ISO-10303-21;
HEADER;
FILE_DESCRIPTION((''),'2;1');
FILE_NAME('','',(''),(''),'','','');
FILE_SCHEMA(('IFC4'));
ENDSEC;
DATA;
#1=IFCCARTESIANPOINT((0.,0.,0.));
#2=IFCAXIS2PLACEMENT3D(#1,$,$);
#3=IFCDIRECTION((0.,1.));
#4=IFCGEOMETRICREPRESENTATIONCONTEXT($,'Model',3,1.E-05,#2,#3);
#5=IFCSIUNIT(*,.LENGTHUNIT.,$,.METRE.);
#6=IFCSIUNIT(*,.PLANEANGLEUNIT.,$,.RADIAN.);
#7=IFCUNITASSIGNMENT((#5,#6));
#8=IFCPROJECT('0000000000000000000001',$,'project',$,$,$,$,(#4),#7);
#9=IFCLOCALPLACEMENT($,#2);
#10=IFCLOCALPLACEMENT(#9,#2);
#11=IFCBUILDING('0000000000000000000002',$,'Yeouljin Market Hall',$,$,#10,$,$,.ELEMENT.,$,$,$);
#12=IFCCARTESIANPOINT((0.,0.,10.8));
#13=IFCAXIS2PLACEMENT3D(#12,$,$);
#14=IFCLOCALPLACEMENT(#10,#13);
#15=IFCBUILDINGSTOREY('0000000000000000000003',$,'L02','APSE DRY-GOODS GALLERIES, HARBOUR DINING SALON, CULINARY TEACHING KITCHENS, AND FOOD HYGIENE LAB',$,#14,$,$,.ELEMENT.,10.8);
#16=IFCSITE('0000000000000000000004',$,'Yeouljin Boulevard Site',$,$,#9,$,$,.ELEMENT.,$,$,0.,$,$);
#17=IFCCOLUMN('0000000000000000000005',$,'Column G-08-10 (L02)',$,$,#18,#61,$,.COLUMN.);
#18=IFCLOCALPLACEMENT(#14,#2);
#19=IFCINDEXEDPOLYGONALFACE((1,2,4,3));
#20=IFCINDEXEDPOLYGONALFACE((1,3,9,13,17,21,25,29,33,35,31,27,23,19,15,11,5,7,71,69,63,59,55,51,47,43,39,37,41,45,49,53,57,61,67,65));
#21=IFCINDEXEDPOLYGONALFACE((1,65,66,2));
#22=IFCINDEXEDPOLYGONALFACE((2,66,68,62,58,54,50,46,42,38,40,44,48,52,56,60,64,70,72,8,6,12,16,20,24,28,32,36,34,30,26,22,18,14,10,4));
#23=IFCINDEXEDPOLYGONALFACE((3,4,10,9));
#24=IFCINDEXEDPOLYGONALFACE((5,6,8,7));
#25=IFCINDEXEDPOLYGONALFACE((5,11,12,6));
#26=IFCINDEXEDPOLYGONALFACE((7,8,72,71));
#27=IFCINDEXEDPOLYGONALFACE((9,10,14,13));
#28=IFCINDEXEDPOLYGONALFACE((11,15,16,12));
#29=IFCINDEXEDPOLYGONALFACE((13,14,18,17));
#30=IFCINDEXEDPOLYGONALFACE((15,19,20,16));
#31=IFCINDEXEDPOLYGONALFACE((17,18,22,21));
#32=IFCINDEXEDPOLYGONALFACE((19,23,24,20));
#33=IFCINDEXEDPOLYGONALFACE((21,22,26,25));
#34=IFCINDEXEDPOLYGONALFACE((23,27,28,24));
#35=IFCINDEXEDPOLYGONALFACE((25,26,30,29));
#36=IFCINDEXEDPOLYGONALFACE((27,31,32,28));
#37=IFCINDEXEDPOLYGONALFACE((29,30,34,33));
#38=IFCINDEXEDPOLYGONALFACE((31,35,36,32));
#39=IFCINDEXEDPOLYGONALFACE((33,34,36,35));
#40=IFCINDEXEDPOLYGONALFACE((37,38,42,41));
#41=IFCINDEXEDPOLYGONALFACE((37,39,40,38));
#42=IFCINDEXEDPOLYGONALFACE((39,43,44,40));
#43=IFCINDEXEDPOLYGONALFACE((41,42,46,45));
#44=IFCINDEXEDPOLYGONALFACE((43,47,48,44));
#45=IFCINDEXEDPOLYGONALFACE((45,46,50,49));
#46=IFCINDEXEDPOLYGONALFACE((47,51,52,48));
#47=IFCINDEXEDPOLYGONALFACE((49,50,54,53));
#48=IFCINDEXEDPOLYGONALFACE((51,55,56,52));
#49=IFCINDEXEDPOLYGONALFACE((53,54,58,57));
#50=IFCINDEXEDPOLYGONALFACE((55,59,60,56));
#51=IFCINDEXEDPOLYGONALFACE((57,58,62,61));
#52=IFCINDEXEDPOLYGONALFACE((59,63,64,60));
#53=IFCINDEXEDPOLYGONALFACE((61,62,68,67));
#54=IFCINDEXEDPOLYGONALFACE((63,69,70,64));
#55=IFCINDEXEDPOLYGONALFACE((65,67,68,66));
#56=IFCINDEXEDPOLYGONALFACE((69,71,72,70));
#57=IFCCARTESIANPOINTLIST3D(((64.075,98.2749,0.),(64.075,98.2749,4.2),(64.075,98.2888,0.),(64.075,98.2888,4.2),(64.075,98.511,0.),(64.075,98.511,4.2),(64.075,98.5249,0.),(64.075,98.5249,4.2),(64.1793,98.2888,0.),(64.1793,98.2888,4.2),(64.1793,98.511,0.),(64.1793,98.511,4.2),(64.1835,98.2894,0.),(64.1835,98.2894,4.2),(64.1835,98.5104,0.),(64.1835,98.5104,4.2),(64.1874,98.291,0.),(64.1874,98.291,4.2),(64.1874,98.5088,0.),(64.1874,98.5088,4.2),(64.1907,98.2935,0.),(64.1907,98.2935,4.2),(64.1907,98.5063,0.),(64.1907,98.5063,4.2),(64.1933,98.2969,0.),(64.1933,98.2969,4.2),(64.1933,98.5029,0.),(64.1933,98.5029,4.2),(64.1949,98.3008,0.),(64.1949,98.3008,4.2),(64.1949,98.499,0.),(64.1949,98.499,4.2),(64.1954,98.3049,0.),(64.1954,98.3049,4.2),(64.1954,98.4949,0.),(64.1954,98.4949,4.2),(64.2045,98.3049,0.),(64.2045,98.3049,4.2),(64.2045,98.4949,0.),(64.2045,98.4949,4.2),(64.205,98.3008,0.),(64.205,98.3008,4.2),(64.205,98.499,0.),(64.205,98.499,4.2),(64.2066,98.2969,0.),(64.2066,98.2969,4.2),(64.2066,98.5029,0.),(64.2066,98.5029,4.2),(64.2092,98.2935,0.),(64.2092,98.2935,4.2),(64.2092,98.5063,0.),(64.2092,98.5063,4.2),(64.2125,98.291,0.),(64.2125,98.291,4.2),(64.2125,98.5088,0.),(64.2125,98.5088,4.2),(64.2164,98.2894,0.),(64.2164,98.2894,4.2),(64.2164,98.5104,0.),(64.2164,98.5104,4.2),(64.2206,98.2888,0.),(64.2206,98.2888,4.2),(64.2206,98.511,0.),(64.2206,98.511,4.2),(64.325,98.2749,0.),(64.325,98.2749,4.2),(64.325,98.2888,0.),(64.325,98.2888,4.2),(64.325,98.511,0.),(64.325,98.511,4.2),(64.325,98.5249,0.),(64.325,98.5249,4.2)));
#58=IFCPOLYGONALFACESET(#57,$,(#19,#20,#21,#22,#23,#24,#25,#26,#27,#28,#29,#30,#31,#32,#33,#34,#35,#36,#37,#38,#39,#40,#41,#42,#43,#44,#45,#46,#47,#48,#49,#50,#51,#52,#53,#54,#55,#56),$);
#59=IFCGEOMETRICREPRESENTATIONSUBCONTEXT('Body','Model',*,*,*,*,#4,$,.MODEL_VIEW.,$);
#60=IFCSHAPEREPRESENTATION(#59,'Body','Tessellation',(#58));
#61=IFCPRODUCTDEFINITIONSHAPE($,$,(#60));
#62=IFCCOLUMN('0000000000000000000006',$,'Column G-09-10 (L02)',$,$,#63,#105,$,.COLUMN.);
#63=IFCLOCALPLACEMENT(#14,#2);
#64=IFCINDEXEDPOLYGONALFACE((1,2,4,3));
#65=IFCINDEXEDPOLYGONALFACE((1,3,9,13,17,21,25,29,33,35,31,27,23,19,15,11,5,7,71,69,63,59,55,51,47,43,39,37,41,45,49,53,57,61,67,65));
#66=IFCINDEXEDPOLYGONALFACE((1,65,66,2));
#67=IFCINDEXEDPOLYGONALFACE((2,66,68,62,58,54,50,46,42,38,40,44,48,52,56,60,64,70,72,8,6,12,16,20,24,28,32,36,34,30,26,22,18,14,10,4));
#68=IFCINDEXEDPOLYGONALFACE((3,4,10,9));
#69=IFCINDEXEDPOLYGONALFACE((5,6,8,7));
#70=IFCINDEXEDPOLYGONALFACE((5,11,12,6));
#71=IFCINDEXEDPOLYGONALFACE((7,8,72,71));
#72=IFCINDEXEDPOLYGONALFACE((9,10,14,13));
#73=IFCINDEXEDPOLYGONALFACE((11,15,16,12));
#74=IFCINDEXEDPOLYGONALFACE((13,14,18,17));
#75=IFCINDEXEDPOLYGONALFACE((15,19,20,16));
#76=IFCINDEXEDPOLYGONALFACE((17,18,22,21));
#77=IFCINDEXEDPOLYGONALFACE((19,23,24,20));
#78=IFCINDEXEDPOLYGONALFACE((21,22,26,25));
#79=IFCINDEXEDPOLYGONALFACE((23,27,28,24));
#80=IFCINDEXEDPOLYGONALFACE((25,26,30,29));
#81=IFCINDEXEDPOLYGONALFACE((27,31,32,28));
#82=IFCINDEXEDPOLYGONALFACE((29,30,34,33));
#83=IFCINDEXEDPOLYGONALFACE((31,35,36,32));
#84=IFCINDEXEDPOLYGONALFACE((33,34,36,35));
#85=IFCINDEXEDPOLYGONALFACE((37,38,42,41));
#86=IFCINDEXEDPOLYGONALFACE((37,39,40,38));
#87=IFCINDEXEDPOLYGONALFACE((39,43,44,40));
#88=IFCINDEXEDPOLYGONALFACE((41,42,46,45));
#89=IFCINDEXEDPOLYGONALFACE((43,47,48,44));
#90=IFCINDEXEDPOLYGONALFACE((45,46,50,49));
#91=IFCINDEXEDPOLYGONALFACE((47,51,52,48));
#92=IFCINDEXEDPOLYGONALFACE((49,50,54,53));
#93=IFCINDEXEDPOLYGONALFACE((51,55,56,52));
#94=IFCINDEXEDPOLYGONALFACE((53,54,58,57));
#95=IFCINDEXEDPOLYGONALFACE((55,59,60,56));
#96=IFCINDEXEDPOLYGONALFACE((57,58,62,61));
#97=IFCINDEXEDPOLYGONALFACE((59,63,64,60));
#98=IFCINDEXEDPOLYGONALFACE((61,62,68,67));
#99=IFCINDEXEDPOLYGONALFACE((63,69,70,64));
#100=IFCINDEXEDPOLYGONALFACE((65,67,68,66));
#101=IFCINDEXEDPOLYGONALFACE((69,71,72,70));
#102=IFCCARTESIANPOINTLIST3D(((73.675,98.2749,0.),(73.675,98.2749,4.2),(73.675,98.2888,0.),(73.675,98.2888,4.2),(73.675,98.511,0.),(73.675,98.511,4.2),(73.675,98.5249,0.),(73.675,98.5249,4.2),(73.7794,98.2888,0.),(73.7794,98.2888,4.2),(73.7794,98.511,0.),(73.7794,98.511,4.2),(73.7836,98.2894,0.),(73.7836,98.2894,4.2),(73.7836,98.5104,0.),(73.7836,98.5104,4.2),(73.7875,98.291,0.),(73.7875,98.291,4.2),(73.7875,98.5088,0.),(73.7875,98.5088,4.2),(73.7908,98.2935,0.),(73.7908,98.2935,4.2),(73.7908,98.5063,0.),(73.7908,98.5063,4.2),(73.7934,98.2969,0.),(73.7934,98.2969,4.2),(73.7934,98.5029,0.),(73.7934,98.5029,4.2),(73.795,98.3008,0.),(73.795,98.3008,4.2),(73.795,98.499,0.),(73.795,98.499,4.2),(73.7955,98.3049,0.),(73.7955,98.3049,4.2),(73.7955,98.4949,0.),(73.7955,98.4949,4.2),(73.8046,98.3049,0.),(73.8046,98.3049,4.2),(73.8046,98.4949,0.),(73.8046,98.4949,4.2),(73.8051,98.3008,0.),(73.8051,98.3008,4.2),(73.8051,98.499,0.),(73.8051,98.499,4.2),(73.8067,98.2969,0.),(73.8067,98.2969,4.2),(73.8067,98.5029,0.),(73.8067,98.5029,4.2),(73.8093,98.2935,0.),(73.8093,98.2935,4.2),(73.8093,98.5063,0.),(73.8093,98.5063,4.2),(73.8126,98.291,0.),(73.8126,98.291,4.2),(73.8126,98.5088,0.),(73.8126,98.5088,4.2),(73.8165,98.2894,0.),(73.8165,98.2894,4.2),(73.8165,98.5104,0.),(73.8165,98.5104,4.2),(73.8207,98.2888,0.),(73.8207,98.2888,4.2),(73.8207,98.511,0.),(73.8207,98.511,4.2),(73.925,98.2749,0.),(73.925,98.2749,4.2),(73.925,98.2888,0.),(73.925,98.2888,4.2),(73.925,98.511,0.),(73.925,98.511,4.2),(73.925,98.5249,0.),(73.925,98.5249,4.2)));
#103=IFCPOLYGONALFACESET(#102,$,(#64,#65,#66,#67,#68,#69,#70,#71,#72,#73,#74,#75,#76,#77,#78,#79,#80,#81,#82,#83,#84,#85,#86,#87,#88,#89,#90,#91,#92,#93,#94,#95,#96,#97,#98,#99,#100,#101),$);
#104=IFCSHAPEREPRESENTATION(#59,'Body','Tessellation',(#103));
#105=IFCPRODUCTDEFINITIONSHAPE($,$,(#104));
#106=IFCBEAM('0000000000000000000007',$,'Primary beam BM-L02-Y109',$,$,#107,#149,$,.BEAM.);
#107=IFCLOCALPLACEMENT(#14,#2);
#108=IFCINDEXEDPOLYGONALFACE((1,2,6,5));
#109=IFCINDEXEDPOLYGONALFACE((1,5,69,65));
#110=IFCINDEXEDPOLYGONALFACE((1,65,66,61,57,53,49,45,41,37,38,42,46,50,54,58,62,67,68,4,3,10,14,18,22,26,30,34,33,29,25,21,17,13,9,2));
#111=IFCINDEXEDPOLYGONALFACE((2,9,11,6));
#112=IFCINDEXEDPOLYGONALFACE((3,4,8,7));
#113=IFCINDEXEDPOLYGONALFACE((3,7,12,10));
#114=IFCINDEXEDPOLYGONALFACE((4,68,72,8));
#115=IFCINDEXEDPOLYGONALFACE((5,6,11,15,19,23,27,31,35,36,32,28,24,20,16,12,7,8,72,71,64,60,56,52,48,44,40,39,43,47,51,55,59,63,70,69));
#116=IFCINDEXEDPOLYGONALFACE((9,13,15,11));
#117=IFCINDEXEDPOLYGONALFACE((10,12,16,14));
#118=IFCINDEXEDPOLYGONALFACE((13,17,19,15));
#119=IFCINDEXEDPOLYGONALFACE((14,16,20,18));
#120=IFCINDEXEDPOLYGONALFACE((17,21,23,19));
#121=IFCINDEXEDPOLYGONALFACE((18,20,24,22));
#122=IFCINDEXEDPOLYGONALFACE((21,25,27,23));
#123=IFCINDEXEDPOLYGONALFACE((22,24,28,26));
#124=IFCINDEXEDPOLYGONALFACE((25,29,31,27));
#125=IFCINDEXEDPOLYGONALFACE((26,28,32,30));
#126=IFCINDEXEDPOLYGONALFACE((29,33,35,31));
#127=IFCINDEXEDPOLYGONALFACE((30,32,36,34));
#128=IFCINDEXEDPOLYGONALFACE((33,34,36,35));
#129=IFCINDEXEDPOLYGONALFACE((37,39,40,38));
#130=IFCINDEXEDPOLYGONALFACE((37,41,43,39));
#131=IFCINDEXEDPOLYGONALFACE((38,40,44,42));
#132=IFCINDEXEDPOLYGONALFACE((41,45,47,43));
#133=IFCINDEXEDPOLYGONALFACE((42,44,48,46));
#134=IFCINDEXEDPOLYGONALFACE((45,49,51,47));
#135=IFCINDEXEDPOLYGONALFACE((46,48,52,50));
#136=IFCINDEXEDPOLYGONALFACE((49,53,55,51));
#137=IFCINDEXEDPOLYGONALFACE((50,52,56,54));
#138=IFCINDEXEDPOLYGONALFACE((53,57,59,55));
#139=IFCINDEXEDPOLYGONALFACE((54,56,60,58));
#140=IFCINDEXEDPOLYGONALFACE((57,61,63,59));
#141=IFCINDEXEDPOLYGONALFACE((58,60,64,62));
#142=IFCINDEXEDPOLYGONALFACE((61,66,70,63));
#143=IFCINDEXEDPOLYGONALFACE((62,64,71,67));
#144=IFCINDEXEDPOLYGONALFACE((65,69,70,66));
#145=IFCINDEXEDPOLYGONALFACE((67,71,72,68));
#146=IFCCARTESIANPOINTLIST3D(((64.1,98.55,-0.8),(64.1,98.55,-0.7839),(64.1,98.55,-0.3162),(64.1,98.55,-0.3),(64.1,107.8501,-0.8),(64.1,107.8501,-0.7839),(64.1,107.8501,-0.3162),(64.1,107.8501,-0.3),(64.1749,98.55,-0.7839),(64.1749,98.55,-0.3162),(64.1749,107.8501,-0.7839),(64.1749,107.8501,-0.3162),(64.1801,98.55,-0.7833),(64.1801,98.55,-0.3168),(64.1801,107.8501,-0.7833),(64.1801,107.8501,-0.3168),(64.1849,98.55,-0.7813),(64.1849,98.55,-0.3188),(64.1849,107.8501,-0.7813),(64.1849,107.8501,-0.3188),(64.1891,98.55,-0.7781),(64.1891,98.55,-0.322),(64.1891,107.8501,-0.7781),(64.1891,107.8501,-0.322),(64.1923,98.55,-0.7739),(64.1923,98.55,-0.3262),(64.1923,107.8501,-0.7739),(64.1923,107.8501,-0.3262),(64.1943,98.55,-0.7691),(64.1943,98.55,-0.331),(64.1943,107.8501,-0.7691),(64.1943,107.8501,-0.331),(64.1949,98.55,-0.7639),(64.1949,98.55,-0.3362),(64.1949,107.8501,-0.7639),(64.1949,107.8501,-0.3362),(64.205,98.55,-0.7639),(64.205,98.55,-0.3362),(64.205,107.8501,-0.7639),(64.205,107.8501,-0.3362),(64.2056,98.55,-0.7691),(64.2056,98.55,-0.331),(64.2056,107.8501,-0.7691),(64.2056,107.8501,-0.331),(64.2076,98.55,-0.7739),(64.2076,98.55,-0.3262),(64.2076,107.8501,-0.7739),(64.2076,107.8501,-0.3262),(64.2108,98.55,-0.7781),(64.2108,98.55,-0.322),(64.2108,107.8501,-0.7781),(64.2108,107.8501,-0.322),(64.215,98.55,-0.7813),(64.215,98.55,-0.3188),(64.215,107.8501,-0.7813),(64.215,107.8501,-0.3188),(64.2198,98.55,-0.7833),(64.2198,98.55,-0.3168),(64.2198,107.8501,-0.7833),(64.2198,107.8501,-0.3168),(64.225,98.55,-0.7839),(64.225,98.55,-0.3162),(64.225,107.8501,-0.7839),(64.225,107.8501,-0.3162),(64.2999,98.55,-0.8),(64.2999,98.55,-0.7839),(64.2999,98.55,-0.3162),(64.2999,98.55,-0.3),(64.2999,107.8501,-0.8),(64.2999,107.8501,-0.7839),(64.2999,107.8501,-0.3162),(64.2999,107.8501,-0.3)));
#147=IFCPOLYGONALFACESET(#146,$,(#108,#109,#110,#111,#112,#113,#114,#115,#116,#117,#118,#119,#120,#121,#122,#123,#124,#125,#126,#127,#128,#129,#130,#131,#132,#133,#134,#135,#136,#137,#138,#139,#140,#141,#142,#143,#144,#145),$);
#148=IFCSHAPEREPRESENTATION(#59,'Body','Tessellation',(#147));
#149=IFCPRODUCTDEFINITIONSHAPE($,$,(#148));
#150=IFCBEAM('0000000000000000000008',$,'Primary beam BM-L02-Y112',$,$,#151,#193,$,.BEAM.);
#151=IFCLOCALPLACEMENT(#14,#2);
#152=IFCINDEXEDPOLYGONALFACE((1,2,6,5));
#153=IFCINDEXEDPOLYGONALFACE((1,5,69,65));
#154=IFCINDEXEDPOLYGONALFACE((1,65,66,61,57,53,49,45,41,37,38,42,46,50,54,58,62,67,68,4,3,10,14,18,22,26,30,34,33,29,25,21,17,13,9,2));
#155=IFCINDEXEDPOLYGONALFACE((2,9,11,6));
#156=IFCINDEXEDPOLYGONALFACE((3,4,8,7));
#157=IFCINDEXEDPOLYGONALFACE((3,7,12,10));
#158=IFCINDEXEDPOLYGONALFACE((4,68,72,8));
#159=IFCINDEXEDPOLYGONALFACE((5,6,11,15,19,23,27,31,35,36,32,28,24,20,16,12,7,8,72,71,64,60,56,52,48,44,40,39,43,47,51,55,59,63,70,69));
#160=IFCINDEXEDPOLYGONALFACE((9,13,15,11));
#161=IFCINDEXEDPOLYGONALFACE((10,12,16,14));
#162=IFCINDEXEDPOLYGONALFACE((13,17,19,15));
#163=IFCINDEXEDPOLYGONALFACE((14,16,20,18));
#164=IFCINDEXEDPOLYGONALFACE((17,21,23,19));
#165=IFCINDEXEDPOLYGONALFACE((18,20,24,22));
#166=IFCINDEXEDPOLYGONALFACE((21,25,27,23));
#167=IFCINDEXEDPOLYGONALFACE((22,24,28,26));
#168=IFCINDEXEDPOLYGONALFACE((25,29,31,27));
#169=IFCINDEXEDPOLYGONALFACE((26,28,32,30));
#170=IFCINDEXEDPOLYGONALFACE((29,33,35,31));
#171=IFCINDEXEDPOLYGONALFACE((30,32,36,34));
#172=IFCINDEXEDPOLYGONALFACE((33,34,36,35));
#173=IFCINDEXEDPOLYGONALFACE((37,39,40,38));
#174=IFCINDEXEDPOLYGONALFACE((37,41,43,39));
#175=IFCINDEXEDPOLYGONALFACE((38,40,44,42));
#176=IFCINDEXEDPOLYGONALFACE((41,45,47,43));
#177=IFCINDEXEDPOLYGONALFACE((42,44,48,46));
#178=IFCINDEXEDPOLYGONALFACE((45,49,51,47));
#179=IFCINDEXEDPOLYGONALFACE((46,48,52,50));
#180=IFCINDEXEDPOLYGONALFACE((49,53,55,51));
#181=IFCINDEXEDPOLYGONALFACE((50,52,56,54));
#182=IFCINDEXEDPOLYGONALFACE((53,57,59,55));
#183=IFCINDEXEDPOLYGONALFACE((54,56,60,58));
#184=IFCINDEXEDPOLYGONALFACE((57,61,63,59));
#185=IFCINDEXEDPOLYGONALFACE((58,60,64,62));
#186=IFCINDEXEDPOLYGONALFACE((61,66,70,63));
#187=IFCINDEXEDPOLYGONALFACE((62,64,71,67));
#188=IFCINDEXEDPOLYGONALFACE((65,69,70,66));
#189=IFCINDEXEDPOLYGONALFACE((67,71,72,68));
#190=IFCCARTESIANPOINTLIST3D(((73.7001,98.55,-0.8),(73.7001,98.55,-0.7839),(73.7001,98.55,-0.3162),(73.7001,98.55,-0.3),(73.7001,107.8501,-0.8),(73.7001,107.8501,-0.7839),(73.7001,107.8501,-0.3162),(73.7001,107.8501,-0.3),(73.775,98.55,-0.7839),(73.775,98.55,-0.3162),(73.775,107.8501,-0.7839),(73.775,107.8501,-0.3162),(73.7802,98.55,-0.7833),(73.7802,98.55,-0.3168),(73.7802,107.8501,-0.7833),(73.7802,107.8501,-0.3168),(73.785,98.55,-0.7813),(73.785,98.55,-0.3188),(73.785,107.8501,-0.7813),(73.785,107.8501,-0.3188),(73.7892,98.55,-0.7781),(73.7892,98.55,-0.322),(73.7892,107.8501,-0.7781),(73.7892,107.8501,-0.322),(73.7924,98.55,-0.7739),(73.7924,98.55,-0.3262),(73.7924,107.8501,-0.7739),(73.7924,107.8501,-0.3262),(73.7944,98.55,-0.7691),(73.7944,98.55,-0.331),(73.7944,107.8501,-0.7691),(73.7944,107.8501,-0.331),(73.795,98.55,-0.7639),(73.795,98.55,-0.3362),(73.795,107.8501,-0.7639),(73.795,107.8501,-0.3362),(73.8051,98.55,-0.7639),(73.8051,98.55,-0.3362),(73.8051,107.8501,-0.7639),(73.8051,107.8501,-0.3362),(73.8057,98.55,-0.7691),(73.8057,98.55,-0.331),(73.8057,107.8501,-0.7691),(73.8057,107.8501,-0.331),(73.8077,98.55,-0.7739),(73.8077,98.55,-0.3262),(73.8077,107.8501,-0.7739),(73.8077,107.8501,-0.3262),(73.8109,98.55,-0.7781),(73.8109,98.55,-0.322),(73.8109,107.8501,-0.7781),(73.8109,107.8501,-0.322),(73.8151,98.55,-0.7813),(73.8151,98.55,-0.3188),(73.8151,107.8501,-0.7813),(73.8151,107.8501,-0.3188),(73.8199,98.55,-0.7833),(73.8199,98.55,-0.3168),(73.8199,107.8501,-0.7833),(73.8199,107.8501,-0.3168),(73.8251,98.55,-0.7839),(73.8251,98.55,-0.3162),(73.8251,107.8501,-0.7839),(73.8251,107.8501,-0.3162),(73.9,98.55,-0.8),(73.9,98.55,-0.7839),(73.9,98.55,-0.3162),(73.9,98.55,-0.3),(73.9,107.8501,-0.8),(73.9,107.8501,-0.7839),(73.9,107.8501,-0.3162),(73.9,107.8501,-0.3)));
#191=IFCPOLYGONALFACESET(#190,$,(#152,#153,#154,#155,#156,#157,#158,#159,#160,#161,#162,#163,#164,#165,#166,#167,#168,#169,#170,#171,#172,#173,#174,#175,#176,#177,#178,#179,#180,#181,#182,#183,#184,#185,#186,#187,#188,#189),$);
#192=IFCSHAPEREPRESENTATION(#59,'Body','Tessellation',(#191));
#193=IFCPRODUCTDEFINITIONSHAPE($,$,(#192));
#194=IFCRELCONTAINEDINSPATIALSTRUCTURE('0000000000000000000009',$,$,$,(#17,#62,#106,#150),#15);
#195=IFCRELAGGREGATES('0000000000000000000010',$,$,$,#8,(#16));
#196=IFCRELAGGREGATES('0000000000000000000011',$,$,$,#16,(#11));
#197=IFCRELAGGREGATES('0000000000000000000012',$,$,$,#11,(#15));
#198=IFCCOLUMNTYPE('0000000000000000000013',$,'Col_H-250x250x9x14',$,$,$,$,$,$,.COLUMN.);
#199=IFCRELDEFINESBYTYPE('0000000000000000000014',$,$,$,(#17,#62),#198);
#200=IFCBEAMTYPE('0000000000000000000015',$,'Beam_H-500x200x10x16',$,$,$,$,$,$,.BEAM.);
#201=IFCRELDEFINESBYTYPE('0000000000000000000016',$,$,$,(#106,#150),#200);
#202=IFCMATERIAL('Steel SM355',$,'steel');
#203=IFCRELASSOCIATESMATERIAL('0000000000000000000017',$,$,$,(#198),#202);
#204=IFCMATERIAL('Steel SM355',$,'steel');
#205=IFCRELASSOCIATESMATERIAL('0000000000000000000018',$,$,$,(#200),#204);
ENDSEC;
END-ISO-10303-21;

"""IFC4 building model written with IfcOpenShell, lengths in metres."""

from ifc_helpers import new_model, si_unit, direction, frame, origin, origin_2d, place, context, subcontext, project, spatial, i_section, extrude, material, material_profile, profile_set, type_object, element, save


model = new_model("IFC4")

# Units and contexts
model_context = context("Model", 3, precision=1e-05, world=origin(), true_north=direction((0.0, 1.0)))
body_context = subcontext(model_context, "Body", "Model", "MODEL_VIEW")
ifc_project = project(units=[si_unit("LENGTHUNIT", "METRE"), si_unit("PLANEANGLEUNIT", "RADIAN")], contexts=[model_context])

# Site, building, storey
site_placement = place(None, origin())
site = spatial("IfcSite", under=ifc_project, at=site_placement, Name="Yeouljin Boulevard Site", CompositionType="ELEMENT", RefElevation=0.0)
building_placement = place(site_placement, origin())
building = spatial("IfcBuilding", under=site, at=building_placement, Name="Yeouljin Market Hall", CompositionType="ELEMENT")
storey_placement = place(building_placement, frame((0.0, 0.0, 10.8)))
storey = spatial("IfcBuildingStorey", under=building, at=storey_placement, Name="L02", Description="APSE DRY-GOODS GALLERIES, HARBOUR DINING SALON, CULINARY TEACHING KITCHENS, AND FOOD HYGIENE LAB", CompositionType="ELEMENT", Elevation=10.8)

# Columns
ifc_material_1 = material(Name="Steel SM355", Category="steel")
ifc_material_profile_1 = material_profile(ifc_material_1, i_section(OverallWidth=0.25, OverallDepth=0.25, WebThickness=0.009, FlangeThickness=0.0139, FilletRadius=0.0161, at=origin_2d()), Name="H-250x250x9x14")
ifc_profile_set_1 = profile_set([ifc_material_profile_1], Name="Steel SM355")
column_type = type_object("IfcColumnType", Name="Col_H-250x250x9x14", PredefinedType="COLUMN", material=ifc_profile_set_1)
for number, where, z_axis, x_axis, name in (
    (1, (64.2, 98.3999, 0.0), (0.0, 0.0, 1.0), (1.0, 0.0, 0.0), "Column G-08-10 (L02)"),
    (2, (73.8, 98.3999, 0.0), (0.0, 0.0, 1.0), (1.0, 0.0, 0.0), "Column G-09-10 (L02)"),
):
    element("IfcColumn", number, at=place(storey_placement, frame(where, z_axis=z_axis, x_axis=x_axis)), inside=storey, type_object=column_type, Name=name, PredefinedType="COLUMN", context=body_context, shape_type="SweptSolid", body=[
        extrude(i_section(OverallWidth=0.25, OverallDepth=0.25, WebThickness=0.009, FlangeThickness=0.0139, FilletRadius=0.0161, at=origin_2d()), origin(), (0.0, 0.0, 1.0), 4.2),
    ])

# Beams
ifc_material_2 = material(Name="Steel SM355", Category="steel")
ifc_material_profile_2 = material_profile(ifc_material_2, i_section(OverallWidth=0.2, OverallDepth=0.5, WebThickness=0.01, FlangeThickness=0.0161, FilletRadius=0.02, at=origin_2d()), Name="H-500x200x10x16")
ifc_profile_set_2 = profile_set([ifc_material_profile_2], Name="Steel SM355")
beam_type_1 = type_object("IfcBeamType", Name="Beam_H-500x200x10x16", PredefinedType="BEAM", material=ifc_profile_set_2)
for number, where, z_axis, x_axis, name in (
    (3, (64.2, 98.55, -0.55), (0.0, 1.0, 0.0), (-1.0, 0.0, 0.0), "Primary beam BM-L02-Y109"),
    (4, (73.8, 98.55, -0.55), (0.0, 1.0, 0.0), (-1.0, 0.0, 0.0), "Primary beam BM-L02-Y112"),
):
    element("IfcBeam", number, at=place(storey_placement, frame(where, z_axis=z_axis, x_axis=x_axis)), inside=storey, type_object=beam_type_1, Name=name, PredefinedType="BEAM", context=body_context, shape_type="SweptSolid", body=[
        extrude(i_section(OverallWidth=0.2, OverallDepth=0.5, WebThickness=0.01, FlangeThickness=0.0161, FilletRadius=0.02, at=origin_2d()), origin(), (0.0, 0.0, 1.0), 9.3),
    ])

save(model, "model.ifc")
